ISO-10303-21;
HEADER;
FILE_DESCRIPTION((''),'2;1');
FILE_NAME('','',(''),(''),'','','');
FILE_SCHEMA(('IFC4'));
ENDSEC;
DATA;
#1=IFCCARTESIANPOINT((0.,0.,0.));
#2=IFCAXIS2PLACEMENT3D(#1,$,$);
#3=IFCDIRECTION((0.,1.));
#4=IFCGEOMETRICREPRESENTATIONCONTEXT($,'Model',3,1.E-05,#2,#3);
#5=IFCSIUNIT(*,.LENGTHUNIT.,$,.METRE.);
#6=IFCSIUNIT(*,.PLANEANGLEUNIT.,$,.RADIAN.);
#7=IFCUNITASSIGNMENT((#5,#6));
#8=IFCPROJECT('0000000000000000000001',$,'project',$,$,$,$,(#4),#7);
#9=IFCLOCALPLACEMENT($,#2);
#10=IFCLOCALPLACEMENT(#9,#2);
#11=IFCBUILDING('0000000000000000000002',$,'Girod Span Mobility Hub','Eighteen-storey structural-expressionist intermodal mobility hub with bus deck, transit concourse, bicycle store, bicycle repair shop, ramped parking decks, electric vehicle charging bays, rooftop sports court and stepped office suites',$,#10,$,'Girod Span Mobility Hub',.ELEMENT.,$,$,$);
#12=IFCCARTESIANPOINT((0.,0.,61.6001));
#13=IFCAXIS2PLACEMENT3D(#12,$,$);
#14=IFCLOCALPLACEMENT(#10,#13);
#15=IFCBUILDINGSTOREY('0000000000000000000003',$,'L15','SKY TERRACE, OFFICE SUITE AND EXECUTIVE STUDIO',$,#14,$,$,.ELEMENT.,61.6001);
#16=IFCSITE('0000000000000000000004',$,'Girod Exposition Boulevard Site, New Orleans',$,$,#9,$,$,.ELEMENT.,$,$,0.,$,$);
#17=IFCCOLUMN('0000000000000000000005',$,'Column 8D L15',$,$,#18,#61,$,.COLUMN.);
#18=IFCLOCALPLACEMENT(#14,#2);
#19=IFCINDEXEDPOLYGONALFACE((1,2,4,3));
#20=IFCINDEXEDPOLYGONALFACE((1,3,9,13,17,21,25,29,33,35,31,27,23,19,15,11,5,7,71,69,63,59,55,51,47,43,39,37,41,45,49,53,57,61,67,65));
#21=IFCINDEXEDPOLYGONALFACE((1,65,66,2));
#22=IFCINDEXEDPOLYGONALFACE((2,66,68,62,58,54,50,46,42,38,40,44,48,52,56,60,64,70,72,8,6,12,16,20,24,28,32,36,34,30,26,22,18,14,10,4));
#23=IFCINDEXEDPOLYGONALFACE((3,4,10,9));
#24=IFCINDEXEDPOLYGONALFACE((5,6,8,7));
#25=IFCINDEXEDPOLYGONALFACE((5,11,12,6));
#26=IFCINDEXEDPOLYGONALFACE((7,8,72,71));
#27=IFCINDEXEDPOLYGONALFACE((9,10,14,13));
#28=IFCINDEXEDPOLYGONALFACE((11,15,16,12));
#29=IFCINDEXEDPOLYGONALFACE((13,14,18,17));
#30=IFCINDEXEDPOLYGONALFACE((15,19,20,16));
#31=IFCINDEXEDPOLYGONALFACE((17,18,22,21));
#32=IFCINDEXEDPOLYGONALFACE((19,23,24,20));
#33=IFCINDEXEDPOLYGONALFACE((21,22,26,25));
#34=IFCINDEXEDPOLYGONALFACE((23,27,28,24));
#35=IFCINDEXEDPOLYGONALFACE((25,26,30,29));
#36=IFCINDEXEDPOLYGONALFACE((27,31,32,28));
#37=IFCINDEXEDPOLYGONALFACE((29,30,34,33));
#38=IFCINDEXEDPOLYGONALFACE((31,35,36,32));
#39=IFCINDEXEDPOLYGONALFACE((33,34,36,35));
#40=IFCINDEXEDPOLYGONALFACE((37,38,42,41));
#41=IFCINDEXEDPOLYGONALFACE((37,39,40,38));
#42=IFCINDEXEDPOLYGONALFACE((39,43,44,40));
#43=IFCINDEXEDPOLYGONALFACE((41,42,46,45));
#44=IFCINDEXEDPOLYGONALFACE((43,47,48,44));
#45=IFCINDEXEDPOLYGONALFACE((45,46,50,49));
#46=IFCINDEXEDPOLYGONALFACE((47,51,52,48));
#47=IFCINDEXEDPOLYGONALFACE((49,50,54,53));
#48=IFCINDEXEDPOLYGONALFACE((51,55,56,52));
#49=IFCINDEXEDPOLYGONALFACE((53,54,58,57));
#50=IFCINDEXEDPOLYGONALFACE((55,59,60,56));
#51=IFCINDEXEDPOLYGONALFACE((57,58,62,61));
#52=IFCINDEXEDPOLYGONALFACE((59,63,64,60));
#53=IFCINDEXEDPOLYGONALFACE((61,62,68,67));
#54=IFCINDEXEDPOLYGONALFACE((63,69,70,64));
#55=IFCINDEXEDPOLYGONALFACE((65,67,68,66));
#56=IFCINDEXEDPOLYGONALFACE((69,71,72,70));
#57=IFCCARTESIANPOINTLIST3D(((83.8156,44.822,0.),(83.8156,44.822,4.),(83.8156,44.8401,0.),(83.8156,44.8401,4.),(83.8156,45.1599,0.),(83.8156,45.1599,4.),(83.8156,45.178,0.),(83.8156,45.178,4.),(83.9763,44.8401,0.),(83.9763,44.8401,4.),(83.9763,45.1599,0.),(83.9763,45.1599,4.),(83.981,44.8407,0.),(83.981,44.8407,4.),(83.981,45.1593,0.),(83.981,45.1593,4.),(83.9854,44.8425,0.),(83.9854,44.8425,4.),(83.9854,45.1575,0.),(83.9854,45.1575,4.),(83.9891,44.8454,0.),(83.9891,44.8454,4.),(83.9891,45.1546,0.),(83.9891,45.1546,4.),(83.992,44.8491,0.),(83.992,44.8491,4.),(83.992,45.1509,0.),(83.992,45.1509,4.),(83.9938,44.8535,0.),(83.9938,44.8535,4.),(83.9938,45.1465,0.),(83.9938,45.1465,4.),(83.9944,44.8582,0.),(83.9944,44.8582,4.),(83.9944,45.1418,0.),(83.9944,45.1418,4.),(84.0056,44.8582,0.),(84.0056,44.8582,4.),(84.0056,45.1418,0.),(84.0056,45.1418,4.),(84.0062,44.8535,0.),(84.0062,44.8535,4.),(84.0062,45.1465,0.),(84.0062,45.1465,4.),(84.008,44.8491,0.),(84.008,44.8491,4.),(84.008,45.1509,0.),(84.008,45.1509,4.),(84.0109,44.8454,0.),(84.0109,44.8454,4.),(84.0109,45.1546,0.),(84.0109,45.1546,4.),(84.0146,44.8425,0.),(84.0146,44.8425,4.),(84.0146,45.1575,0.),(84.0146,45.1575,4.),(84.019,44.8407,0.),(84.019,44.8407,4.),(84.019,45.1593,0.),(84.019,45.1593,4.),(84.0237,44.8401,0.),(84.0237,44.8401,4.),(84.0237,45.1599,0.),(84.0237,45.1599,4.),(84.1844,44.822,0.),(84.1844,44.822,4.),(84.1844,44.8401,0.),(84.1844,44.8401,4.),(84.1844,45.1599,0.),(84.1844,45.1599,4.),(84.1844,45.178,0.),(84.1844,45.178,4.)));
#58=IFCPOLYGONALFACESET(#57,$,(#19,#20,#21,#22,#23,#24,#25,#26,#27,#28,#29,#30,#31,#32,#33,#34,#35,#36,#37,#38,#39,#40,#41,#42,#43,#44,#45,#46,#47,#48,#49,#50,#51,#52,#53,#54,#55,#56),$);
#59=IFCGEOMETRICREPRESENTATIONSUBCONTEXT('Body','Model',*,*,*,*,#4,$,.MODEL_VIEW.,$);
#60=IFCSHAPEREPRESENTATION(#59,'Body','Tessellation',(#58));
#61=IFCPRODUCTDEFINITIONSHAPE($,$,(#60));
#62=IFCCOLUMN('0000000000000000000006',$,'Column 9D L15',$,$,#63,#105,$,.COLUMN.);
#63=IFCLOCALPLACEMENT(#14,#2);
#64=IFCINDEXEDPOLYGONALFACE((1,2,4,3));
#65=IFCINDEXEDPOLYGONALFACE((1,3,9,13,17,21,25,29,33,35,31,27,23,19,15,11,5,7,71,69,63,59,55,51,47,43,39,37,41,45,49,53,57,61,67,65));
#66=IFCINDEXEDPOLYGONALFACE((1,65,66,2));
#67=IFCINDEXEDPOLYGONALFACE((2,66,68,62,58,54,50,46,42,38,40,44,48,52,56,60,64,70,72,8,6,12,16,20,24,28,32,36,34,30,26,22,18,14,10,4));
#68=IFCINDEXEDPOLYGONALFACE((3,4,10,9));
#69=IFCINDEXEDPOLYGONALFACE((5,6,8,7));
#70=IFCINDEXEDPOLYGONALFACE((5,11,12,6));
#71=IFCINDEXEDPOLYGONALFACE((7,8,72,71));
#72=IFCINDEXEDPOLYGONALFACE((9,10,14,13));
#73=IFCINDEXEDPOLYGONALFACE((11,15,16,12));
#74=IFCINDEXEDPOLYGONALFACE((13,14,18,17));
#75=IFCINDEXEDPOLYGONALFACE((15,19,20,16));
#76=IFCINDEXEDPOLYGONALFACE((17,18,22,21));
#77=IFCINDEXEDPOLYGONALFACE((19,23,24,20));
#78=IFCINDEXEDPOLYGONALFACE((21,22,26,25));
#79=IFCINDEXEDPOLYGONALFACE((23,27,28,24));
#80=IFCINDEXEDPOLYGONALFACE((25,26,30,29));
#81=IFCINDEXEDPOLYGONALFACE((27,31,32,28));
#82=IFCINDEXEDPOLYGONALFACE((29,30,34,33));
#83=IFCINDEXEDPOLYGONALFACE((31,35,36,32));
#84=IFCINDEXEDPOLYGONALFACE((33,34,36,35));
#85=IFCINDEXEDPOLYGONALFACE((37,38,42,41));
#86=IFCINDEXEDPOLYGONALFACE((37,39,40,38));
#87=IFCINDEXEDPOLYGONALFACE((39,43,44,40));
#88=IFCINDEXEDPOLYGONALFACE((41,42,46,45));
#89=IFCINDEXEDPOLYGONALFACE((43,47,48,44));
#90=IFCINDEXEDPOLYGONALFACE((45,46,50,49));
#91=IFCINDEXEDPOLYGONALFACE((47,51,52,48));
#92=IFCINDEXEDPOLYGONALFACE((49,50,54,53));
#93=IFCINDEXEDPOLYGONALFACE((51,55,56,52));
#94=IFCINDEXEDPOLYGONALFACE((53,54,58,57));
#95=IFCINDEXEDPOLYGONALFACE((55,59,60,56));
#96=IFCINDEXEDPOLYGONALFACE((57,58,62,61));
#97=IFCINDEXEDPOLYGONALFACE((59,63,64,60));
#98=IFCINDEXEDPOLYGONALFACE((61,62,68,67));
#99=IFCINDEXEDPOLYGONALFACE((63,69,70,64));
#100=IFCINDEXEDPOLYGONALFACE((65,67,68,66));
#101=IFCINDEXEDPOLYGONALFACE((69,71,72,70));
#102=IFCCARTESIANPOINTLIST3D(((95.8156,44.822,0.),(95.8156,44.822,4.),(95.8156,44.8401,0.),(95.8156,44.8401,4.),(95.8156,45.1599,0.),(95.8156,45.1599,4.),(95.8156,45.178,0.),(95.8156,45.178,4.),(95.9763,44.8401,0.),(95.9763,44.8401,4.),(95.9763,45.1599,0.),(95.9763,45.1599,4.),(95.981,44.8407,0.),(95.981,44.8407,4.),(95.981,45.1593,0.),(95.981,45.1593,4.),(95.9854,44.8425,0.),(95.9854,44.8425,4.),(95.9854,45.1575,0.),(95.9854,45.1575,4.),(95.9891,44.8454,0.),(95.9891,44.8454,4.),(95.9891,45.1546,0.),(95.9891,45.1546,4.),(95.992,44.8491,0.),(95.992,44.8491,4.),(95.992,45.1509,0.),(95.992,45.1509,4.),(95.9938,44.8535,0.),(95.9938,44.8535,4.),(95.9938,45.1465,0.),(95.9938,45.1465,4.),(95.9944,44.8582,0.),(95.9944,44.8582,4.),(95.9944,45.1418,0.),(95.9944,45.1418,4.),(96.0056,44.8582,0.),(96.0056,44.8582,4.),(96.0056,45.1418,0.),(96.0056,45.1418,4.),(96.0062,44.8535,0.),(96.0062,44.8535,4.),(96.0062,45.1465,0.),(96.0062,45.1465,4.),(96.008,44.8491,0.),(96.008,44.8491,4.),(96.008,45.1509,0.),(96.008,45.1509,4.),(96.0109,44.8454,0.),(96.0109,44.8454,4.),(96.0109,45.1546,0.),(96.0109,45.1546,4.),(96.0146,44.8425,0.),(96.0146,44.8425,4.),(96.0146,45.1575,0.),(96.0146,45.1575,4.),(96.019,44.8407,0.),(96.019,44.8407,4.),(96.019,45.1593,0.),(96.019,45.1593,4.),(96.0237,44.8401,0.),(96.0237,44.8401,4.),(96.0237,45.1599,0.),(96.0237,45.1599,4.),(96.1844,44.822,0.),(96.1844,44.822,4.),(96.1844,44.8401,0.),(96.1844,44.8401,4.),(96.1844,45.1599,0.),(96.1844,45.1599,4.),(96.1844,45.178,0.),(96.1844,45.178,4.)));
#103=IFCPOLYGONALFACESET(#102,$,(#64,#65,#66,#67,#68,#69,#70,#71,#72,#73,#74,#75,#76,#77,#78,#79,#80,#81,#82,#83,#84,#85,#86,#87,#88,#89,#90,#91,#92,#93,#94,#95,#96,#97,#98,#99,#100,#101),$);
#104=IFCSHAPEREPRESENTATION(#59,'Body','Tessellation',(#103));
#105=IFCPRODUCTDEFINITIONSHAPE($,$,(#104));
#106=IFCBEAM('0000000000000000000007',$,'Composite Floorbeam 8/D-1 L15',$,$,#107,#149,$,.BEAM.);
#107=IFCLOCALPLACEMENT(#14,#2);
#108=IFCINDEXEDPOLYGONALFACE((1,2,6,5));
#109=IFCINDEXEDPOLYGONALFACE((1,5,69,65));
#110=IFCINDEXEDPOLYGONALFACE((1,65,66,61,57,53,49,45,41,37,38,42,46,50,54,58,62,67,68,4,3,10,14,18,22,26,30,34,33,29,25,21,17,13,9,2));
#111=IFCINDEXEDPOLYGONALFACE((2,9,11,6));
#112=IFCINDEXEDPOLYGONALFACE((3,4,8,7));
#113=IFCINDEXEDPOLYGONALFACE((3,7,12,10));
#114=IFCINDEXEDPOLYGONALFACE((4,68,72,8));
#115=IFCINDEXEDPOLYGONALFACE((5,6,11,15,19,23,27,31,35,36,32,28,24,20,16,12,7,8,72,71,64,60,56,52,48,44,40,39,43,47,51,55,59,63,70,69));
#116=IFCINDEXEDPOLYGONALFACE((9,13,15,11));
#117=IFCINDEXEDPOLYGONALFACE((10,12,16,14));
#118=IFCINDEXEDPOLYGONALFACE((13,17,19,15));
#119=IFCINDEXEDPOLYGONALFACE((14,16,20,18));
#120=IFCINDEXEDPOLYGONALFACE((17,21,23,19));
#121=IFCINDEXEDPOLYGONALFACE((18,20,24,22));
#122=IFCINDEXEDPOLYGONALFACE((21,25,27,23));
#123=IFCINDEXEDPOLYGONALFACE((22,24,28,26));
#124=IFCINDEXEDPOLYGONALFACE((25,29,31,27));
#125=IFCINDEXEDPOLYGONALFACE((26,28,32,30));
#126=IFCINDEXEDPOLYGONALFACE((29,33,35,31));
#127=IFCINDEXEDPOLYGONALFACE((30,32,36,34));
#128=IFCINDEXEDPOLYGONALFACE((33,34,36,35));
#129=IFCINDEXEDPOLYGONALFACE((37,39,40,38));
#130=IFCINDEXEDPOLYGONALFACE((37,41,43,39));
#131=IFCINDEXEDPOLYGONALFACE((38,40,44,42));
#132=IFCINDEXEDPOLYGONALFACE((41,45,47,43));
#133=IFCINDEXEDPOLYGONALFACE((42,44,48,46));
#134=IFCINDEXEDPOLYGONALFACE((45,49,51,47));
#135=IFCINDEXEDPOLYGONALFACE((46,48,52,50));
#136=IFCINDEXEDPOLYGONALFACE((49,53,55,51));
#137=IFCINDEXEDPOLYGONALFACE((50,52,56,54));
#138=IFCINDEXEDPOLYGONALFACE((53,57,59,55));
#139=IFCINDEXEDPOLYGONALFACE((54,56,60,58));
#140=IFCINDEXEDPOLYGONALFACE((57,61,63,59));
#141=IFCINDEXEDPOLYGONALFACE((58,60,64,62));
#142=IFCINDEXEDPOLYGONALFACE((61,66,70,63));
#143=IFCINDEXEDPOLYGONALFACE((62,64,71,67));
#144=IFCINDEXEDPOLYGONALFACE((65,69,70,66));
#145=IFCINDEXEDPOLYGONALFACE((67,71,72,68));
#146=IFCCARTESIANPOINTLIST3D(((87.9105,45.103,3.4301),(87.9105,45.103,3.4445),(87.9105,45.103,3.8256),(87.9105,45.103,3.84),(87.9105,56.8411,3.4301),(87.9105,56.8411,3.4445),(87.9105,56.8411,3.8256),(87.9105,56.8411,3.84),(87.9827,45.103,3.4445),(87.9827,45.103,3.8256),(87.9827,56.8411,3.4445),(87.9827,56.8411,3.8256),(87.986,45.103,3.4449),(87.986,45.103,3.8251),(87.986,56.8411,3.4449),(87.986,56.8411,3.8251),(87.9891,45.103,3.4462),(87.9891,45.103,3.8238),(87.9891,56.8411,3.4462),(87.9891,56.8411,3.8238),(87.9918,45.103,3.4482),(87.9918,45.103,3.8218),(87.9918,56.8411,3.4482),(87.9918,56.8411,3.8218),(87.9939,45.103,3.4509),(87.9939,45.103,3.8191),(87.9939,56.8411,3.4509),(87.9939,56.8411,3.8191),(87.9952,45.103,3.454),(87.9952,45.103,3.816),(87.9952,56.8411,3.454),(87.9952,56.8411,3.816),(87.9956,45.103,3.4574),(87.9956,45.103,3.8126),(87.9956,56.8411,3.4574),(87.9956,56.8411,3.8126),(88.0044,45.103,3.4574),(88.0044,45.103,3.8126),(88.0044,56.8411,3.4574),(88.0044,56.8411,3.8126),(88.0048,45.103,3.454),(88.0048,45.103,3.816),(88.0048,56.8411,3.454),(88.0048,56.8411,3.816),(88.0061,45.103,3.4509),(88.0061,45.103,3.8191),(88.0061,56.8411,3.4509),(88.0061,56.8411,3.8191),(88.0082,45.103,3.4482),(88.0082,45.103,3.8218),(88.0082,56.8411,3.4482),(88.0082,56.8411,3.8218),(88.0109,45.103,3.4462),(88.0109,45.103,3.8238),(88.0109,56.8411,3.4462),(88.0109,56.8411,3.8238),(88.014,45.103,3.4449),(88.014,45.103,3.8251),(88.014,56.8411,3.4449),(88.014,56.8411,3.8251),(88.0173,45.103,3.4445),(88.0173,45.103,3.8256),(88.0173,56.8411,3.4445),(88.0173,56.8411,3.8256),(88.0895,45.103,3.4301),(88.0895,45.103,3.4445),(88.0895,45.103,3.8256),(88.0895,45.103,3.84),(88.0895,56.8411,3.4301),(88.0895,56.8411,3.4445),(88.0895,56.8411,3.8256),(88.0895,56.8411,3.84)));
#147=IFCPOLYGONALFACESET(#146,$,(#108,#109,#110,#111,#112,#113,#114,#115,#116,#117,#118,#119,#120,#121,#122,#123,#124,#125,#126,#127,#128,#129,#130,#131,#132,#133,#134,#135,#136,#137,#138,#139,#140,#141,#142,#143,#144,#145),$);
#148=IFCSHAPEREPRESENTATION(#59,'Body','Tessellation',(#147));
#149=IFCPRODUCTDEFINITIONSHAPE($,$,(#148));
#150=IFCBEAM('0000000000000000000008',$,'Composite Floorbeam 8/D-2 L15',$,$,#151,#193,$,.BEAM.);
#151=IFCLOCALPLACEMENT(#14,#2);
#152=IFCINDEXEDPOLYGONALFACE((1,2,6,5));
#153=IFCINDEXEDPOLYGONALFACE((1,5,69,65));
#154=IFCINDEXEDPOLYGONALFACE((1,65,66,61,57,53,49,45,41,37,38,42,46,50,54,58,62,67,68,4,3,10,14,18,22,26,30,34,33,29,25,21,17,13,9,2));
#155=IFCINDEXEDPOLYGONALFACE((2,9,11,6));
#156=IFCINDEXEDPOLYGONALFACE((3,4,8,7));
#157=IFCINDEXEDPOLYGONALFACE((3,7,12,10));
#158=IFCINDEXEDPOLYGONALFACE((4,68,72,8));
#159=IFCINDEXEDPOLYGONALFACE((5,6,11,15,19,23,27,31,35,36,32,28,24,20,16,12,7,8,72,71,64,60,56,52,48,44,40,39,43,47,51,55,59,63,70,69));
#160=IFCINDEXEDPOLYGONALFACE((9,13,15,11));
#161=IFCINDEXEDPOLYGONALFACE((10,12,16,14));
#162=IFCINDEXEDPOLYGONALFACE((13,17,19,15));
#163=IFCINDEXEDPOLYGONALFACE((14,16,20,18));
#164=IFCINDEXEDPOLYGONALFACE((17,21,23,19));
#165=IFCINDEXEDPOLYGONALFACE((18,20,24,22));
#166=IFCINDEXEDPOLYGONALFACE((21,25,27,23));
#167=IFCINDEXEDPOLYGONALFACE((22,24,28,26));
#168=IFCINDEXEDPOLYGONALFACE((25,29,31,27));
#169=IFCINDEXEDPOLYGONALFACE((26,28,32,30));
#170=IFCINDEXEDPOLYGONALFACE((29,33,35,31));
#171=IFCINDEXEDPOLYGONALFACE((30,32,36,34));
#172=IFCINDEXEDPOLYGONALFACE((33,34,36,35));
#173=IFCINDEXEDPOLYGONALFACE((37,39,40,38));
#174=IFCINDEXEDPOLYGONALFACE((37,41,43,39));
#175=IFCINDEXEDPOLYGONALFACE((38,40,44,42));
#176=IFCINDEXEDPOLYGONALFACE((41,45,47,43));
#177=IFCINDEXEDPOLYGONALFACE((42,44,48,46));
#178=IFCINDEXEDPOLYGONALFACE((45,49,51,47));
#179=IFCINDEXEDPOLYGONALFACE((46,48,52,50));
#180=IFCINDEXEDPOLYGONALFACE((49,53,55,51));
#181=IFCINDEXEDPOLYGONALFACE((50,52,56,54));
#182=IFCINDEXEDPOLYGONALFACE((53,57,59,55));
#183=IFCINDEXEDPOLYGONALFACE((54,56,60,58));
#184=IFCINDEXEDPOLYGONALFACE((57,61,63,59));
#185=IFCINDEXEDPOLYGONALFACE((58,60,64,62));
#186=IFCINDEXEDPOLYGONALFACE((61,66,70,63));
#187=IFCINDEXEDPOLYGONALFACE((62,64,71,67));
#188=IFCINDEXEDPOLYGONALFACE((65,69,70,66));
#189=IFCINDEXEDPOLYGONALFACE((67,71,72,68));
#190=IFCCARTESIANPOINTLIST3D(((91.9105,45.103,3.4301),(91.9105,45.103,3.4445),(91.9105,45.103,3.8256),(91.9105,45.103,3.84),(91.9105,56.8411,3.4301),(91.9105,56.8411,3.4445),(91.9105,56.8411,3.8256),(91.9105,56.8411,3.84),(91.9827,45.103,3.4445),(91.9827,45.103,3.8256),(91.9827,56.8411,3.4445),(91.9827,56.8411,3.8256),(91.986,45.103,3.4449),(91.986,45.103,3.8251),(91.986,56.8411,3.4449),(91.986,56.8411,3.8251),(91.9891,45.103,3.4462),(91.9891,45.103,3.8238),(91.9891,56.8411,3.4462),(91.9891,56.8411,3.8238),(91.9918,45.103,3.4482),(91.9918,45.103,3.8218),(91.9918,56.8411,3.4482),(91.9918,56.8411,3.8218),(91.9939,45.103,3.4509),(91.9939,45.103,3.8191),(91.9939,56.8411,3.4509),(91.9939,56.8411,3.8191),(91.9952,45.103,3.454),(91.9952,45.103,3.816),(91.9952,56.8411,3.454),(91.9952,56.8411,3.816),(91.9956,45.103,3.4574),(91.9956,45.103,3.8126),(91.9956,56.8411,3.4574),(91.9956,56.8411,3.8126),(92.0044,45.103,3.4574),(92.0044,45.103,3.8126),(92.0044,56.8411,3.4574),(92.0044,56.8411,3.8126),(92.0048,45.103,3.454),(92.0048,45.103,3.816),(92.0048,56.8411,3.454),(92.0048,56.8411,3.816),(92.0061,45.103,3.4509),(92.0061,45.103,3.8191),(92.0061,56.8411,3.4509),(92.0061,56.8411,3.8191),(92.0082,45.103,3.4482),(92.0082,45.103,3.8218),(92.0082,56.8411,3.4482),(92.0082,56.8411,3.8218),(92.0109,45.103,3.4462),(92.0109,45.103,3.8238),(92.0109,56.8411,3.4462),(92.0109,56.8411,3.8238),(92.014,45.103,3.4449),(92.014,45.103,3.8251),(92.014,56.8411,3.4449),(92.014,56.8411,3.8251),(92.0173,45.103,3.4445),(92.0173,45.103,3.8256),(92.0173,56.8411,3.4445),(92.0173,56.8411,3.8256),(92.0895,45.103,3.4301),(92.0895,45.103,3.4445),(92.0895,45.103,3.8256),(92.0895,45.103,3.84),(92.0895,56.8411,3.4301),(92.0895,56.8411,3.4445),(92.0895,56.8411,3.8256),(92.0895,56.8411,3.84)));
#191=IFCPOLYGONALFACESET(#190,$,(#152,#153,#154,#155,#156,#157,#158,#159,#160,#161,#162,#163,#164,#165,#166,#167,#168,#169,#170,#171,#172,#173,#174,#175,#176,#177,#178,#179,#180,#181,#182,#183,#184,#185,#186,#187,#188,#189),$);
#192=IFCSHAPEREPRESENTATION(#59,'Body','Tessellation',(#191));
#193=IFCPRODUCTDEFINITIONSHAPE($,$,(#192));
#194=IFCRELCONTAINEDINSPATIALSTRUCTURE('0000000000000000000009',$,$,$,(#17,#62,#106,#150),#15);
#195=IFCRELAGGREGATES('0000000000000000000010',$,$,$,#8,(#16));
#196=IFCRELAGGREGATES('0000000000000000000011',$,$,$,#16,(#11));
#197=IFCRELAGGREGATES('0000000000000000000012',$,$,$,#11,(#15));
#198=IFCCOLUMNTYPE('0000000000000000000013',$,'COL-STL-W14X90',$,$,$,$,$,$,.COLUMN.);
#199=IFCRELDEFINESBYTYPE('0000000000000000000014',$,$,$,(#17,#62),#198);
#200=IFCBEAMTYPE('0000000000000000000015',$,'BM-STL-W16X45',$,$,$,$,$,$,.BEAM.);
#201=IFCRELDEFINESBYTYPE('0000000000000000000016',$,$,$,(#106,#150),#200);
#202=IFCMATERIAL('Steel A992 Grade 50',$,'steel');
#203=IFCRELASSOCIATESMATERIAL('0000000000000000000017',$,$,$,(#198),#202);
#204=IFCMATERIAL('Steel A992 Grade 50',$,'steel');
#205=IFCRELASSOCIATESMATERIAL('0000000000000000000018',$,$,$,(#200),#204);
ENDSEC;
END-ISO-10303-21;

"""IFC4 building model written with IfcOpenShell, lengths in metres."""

from ifc_helpers import new_model, si_unit, direction, frame, origin, origin_2d, place, context, subcontext, project, spatial, i_section, extrude, material, material_profile, profile_set, type_object, element, save


model = new_model("IFC4")

# Units and contexts
model_context = context("Model", 3, precision=1e-05, world=origin(), true_north=direction((0.0, 1.0)))
body_context = subcontext(model_context, "Body", "Model", "MODEL_VIEW")
ifc_project = project(units=[si_unit("LENGTHUNIT", "METRE"), si_unit("PLANEANGLEUNIT", "RADIAN")], contexts=[model_context])

# Site, building, storey
site_placement = place(None, origin())
site = spatial("IfcSite", under=ifc_project, at=site_placement, Name="Girod Exposition Boulevard Site, New Orleans", CompositionType="ELEMENT", RefElevation=0.0)
building_placement = place(site_placement, origin())
building = spatial("IfcBuilding", under=site, at=building_placement, Name="Girod Span Mobility Hub", Description="Eighteen-storey structural-expressionist intermodal mobility hub with bus deck, transit concourse, bicycle store, bicycle repair shop, ramped parking decks, electric vehicle charging bays, rooftop sports court and stepped office suites", LongName="Girod Span Mobility Hub", CompositionType="ELEMENT")
storey_placement = place(building_placement, frame((0.0, 0.0, 61.6001)))
storey = spatial("IfcBuildingStorey", under=building, at=storey_placement, Name="L15", Description="SKY TERRACE, OFFICE SUITE AND EXECUTIVE STUDIO", CompositionType="ELEMENT", Elevation=61.6001)

# Columns
ifc_material_1 = material(Name="Steel A992 Grade 50", Category="steel")
ifc_material_profile_1 = material_profile(ifc_material_1, i_section(OverallWidth=0.3689, OverallDepth=0.356, WebThickness=0.0112, FlangeThickness=0.0181, FilletRadius=0.0181, at=origin_2d()), Name="W14X90")
ifc_profile_set_1 = profile_set([ifc_material_profile_1], Name="Steel A992 Grade 50")
column_type = type_object("IfcColumnType", Name="COL-STL-W14X90", PredefinedType="COLUMN", material=ifc_profile_set_1)
for number, where, z_axis, x_axis, name in (
    (1, (84.0, 45.0, 0.0), (0.0, 0.0, 1.0), (1.0, 0.0, 0.0), "Column 8D L15"),
    (2, (96.0, 45.0, 0.0), (0.0, 0.0, 1.0), (1.0, 0.0, 0.0), "Column 9D L15"),
):
    element("IfcColumn", number, at=place(storey_placement, frame(where, z_axis=z_axis, x_axis=x_axis)), inside=storey, type_object=column_type, Name=name, PredefinedType="COLUMN", context=body_context, shape_type="SweptSolid", body=[
        extrude(i_section(OverallWidth=0.3689, OverallDepth=0.356, WebThickness=0.0112, FlangeThickness=0.0181, FilletRadius=0.0181, at=origin_2d()), origin(), (0.0, 0.0, 1.0), 4.0),
    ])

# Beams
ifc_material_2 = material(Name="Steel A992 Grade 50", Category="steel")
ifc_material_profile_2 = material_profile(ifc_material_2, i_section(OverallWidth=0.179, OverallDepth=0.4099, WebThickness=0.0088, FlangeThickness=0.0144, FilletRadius=0.0129, at=origin_2d()), Name="W16X45")
ifc_profile_set_2 = profile_set([ifc_material_profile_2], Name="Steel A992 Grade 50")
beam_type_1 = type_object("IfcBeamType", Name="BM-STL-W16X45", PredefinedType="BEAM", material=ifc_profile_set_2)
for number, where, z_axis, x_axis, name in (
    (3, (88.0, 45.103, 3.635), (0.0, 1.0, 0.0), (-1.0, 0.0, 0.0), "Composite Floorbeam 8/D-1 L15"),
    (4, (92.0, 45.103, 3.635), (0.0, 1.0, 0.0), (-1.0, 0.0, 0.0), "Composite Floorbeam 8/D-2 L15"),
):
    element("IfcBeam", number, at=place(storey_placement, frame(where, z_axis=z_axis, x_axis=x_axis)), inside=storey, type_object=beam_type_1, Name=name, PredefinedType="BEAM", context=body_context, shape_type="SweptSolid", body=[
        extrude(i_section(OverallWidth=0.179, OverallDepth=0.4099, WebThickness=0.0088, FlangeThickness=0.0144, FilletRadius=0.0129, at=origin_2d()), origin(), (0.0, 0.0, 1.0), 11.738),
    ])

save(model, "model.ifc")
